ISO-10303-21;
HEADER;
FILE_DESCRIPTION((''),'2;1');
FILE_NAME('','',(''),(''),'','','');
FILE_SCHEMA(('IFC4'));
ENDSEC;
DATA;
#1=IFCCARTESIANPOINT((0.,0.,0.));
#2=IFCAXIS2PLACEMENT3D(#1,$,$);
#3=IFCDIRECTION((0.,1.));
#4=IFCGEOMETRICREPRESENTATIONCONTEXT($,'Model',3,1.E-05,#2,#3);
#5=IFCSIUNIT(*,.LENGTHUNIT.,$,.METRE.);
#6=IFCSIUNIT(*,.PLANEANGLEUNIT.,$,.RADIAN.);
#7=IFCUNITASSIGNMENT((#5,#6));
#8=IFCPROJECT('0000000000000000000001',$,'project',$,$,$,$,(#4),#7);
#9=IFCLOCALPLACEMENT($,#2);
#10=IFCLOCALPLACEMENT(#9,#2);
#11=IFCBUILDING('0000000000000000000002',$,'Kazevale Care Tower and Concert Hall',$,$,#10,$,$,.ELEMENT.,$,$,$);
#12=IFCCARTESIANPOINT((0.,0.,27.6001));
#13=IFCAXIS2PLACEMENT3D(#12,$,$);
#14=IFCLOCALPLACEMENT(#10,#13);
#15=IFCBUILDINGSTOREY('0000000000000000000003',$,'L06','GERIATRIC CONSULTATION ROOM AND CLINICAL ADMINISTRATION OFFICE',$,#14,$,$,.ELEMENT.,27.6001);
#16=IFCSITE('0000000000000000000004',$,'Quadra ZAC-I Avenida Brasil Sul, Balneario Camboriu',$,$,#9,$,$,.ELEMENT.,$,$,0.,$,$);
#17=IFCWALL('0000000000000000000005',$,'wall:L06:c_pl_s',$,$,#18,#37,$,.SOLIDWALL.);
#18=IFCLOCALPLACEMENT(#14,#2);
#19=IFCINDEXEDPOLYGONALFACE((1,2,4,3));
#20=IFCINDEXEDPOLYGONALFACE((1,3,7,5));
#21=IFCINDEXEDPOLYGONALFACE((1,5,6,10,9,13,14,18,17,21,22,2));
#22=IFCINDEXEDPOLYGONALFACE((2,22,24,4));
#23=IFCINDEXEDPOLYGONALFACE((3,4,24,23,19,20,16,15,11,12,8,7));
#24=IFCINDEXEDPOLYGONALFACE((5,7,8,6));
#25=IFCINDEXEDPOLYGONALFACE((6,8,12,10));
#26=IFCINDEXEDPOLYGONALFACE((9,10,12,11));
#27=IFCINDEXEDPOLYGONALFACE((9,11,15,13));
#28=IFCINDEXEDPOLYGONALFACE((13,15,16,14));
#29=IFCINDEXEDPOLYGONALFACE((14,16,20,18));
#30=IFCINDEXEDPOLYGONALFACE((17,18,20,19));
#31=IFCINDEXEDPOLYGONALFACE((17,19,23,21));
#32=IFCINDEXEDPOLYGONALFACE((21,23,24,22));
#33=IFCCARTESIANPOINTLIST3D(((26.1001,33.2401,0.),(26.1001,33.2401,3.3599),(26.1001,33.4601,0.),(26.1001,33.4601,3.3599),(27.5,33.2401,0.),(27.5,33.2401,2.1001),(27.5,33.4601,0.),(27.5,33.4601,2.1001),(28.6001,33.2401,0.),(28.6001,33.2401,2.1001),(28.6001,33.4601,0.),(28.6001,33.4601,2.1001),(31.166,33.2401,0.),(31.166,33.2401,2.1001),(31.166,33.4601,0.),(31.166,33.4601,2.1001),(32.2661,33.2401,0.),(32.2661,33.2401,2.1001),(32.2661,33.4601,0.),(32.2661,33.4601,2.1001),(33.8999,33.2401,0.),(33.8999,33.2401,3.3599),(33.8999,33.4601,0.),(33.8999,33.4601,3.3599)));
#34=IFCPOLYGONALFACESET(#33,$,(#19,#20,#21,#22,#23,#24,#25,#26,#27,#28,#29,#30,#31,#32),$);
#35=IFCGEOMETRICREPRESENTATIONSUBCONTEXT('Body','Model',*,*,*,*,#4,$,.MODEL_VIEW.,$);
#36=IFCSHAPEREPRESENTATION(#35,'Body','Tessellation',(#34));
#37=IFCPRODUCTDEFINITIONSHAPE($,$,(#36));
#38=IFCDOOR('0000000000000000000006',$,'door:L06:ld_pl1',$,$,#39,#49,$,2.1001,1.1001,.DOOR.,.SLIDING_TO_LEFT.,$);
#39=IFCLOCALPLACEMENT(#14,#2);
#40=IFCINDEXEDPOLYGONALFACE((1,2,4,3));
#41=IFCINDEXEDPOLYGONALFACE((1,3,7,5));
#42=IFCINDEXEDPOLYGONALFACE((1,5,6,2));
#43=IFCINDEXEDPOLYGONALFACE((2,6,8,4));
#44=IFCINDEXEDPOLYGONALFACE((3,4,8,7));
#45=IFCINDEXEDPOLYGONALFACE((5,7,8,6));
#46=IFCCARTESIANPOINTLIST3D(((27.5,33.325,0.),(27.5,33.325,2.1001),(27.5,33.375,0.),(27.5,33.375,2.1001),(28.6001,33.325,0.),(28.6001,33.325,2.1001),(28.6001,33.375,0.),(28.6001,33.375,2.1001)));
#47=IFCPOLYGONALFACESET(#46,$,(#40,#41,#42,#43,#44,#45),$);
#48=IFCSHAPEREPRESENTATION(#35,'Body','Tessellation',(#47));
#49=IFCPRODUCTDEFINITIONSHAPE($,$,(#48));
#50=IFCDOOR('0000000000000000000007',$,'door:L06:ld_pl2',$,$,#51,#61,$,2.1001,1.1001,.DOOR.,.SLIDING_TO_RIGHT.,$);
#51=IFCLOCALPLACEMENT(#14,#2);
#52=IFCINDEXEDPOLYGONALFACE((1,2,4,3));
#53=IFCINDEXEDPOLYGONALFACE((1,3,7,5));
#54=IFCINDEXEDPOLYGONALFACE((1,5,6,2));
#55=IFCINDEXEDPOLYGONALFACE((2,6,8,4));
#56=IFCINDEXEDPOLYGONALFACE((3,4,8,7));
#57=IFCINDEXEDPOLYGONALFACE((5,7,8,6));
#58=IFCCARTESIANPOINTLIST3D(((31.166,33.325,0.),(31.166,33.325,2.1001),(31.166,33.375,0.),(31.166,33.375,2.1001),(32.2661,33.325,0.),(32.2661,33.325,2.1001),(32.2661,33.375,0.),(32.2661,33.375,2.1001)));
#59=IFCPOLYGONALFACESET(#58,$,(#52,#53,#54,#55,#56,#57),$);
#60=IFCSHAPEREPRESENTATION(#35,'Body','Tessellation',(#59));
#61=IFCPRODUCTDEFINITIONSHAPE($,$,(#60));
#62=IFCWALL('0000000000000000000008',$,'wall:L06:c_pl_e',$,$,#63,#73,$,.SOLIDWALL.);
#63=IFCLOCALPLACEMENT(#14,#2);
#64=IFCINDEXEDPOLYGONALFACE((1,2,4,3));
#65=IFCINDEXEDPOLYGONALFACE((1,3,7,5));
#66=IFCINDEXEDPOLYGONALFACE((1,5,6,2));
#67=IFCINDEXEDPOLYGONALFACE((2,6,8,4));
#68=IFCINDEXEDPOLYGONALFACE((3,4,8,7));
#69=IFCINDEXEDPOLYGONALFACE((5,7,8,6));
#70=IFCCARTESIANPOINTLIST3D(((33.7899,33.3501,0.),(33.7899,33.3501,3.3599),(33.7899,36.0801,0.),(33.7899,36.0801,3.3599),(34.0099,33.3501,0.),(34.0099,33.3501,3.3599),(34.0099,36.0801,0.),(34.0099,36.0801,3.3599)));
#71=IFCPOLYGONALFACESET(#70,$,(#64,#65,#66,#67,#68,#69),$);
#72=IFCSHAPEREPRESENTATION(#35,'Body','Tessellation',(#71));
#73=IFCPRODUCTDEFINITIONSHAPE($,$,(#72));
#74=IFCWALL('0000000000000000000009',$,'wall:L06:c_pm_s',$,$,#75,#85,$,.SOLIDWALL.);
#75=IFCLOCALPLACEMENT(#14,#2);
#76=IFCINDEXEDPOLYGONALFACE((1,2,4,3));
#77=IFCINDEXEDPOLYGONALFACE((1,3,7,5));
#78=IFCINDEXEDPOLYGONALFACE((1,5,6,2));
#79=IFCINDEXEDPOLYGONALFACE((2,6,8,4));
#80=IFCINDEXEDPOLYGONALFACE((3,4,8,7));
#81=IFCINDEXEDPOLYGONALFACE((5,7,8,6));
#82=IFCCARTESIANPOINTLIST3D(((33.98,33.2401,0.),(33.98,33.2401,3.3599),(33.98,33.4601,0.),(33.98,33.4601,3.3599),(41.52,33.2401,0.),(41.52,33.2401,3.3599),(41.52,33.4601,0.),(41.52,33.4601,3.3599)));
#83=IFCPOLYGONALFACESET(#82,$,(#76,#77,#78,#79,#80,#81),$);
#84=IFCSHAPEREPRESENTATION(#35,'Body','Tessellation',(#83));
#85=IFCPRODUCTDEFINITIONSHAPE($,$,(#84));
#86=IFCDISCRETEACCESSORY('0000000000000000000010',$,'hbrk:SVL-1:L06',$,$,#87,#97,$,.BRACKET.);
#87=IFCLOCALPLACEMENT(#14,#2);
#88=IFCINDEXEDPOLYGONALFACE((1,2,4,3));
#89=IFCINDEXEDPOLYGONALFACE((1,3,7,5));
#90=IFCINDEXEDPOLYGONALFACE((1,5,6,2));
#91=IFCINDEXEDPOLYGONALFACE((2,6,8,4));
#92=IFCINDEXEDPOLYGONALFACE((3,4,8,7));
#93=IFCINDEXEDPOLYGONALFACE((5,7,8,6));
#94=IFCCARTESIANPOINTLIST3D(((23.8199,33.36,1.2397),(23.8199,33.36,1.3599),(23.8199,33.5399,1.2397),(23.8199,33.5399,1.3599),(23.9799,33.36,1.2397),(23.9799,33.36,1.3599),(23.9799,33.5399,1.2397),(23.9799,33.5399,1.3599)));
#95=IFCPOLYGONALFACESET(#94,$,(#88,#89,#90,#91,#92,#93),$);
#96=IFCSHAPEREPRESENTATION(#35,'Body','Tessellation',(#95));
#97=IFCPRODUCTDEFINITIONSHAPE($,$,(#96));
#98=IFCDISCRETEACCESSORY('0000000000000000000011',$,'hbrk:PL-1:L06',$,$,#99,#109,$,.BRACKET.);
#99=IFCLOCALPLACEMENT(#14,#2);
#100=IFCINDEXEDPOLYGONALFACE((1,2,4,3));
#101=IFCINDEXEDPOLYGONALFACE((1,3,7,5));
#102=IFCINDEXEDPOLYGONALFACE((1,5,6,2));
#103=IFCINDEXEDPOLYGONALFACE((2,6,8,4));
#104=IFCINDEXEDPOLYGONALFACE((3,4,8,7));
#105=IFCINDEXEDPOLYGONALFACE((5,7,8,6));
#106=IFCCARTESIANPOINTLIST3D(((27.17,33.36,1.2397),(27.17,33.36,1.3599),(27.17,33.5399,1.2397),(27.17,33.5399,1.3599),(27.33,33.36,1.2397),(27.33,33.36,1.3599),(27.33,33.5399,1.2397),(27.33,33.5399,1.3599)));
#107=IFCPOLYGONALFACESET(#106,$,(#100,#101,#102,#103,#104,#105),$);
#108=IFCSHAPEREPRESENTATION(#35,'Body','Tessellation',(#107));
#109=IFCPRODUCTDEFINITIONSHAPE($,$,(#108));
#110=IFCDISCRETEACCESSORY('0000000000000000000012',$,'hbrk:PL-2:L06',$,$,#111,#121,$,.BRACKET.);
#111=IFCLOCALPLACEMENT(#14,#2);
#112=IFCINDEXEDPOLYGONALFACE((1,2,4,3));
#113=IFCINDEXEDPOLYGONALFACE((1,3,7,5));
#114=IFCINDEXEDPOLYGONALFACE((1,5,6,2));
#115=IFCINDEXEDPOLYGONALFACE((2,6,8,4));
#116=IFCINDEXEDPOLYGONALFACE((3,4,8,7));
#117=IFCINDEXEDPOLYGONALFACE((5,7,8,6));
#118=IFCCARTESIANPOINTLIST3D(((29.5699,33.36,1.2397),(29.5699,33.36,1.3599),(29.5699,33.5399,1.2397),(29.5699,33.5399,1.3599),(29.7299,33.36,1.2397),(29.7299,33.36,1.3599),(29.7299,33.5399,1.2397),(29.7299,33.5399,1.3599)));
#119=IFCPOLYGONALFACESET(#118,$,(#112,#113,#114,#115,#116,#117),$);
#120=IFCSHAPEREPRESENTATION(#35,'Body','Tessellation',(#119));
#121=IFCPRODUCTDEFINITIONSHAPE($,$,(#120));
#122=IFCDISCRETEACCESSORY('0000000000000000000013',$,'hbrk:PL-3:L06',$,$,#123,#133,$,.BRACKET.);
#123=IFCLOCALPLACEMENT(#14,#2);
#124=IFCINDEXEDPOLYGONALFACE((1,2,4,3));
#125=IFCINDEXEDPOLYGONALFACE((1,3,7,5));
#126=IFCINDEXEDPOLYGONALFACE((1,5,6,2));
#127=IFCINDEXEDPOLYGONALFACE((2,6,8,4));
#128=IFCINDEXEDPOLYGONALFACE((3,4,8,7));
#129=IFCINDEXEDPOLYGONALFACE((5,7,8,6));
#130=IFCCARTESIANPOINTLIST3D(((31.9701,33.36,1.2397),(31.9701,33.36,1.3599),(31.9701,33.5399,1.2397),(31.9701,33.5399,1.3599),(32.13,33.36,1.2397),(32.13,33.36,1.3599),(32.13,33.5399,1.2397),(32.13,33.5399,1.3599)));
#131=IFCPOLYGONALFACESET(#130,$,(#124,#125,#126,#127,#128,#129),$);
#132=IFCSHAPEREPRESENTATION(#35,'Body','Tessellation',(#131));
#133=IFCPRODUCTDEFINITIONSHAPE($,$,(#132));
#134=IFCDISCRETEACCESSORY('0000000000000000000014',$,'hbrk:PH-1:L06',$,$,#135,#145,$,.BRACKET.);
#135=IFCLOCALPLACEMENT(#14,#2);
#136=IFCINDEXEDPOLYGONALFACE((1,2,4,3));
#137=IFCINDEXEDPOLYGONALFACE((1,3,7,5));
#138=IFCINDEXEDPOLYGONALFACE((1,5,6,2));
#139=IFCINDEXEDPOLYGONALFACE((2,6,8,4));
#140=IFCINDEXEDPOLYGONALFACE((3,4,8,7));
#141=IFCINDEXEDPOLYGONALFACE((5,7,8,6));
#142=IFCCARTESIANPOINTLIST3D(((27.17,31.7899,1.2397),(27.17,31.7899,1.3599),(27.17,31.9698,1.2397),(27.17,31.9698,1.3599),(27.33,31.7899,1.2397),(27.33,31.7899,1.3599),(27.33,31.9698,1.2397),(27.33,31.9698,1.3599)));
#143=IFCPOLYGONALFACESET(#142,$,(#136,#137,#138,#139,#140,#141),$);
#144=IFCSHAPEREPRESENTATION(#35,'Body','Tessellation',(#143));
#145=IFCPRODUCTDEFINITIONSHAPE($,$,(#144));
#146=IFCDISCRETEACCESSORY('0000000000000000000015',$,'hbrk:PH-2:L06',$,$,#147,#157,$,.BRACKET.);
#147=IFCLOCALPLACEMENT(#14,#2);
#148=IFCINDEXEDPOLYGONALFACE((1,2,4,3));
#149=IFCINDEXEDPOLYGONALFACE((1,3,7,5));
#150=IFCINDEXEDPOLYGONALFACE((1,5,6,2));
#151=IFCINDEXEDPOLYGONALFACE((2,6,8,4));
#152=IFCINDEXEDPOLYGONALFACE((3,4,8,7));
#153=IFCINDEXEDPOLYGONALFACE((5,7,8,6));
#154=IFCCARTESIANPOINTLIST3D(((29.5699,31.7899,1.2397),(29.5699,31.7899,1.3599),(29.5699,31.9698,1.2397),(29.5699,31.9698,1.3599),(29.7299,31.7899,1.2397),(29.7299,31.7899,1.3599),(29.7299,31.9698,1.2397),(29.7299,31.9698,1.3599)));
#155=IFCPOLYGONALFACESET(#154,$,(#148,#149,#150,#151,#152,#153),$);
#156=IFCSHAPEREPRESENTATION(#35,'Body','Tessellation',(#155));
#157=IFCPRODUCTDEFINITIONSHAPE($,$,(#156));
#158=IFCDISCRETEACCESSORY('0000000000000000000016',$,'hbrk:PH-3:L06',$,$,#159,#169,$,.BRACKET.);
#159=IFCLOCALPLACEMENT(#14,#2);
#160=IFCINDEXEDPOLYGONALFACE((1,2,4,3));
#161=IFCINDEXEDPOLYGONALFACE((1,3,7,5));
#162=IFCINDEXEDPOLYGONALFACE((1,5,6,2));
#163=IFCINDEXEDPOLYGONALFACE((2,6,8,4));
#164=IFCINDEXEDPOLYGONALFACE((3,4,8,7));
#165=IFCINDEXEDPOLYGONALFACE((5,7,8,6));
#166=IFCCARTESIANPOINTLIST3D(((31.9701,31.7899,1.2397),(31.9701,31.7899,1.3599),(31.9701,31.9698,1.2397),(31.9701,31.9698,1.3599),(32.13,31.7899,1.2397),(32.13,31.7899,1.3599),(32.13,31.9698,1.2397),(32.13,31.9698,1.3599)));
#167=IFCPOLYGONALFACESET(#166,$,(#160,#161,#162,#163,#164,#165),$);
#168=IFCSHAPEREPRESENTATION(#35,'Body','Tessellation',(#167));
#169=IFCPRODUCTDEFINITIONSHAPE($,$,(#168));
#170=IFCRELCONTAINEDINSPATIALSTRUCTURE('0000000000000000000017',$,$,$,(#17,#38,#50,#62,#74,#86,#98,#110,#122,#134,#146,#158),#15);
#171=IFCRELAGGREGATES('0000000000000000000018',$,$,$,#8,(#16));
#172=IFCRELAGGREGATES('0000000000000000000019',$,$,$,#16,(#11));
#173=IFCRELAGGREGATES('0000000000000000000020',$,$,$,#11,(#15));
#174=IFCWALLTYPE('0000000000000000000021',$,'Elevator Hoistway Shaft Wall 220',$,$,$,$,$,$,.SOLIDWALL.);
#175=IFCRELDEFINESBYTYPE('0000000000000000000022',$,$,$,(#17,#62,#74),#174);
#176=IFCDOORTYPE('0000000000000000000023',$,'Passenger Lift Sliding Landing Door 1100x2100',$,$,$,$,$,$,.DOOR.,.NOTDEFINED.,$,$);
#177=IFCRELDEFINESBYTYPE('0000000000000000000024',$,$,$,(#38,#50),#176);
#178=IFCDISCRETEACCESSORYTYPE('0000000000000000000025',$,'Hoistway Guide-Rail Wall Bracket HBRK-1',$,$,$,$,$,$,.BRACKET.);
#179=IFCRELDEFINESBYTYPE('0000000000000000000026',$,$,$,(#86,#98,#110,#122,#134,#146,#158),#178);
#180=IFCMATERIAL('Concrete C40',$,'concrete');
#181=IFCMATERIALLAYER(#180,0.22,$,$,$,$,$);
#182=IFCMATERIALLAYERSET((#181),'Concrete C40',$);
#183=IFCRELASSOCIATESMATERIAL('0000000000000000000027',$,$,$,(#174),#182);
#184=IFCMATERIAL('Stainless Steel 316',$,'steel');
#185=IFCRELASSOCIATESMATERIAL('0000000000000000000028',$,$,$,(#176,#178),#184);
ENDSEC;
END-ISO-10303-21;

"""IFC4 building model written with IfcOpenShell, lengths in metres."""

from ifc_helpers import new_model, si_unit, direction, frame, frame_2d, origin, origin_2d, place, context, subcontext, project, spatial, rectangle, extrude, material, layer, layer_set, type_object, element, fill, save


model = new_model("IFC4")

# Units and contexts
model_context = context("Model", 3, precision=1e-05, world=origin(), true_north=direction((0.0, 1.0)))
body_context = subcontext(model_context, "Body", "Model", "MODEL_VIEW")
ifc_project = project(units=[si_unit("LENGTHUNIT", "METRE"), si_unit("PLANEANGLEUNIT", "RADIAN")], contexts=[model_context])

# Site, building, storey
site_placement = place(None, origin())
site = spatial("IfcSite", under=ifc_project, at=site_placement, Name="Quadra ZAC-I Avenida Brasil Sul, Balneario Camboriu", CompositionType="ELEMENT", RefElevation=0.0)
building_placement = place(site_placement, origin())
building = spatial("IfcBuilding", under=site, at=building_placement, Name="Kazevale Care Tower and Concert Hall", CompositionType="ELEMENT")
storey_placement = place(building_placement, frame((0.0, 0.0, 27.6001)))
storey = spatial("IfcBuildingStorey", under=building, at=storey_placement, Name="L06", Description="GERIATRIC CONSULTATION ROOM AND CLINICAL ADMINISTRATION OFFICE", CompositionType="ELEMENT", Elevation=27.6001)

# Shared definitions
ifc_material_1 = material(Name="Concrete C40", Category="concrete")
ifc_layer = layer(ifc_material_1, 0.22)
ifc_layer_set = layer_set([ifc_layer], Name="Concrete C40")
wall_type = type_object("IfcWallType", Name="Elevator Hoistway Shaft Wall 220", PredefinedType="SOLIDWALL", material=ifc_layer_set)

# Shared definitions
ifc_material_2 = material(Name="Stainless Steel 316", Category="steel")

# Wall, openings, doors
wall_1_placement = place(storey_placement, frame((26.1001, 33.3501, 0.0), z_axis=(0.0, 0.0, 1.0), x_axis=(1.0, 0.0, 0.0)))
wall_1 = element("IfcWall", 1, at=wall_1_placement, inside=storey, type_object=wall_type, Name="wall:L06:c_pl_s", PredefinedType="SOLIDWALL", context=body_context, shape_type="SweptSolid", body=[
    extrude(rectangle(XDim=7.7998, YDim=0.22, at=frame_2d((3.8999, 0.0))), origin(), (0.0, 0.0, 1.0), 3.3599),
])
opening_1_placement = place(wall_1_placement, frame((1.3999, 0.0, 0.0)))
opening_1 = element("IfcOpeningElement", 2, at=opening_1_placement, cuts=wall_1, PredefinedType="OPENING", context=body_context, shape_type="SweptSolid", body=[
    extrude(rectangle(XDim=1.1001, YDim=2.1001, at=frame_2d((0.55, 1.05))), frame((0.0, 0.1199, 0.0), z_axis=(0.0, -1.0, 0.0), x_axis=(1.0, 0.0, 0.0)), (0.0, 0.0, 1.0), 0.24),
])
opening_2_placement = place(wall_1_placement, frame((5.0659, 0.0, 0.0)))
opening_2 = element("IfcOpeningElement", 3, at=opening_2_placement, cuts=wall_1, PredefinedType="OPENING", context=body_context, shape_type="SweptSolid", body=[
    extrude(rectangle(XDim=1.1001, YDim=2.1001, at=frame_2d((0.55, 1.05))), frame((0.0, 0.1199, 0.0), z_axis=(0.0, -1.0, 0.0), x_axis=(1.0, 0.0, 0.0)), (0.0, 0.0, 1.0), 0.24),
])
door_type_1 = type_object("IfcDoorType", Name="Passenger Lift Sliding Landing Door 1100x2100", OperationType="NOTDEFINED", PredefinedType="DOOR", material=ifc_material_2)
door_1_placement = place(opening_1_placement, origin())
door_1 = element("IfcDoor", 4, at=door_1_placement, inside=storey, type_object=door_type_1, Name="door:L06:ld_pl1", OperationType="SLIDING_TO_LEFT", OverallHeight=2.1001, OverallWidth=1.1001, PredefinedType="DOOR", context=body_context, shape_type="SweptSolid", body=[
    extrude(rectangle(XDim=1.1001, YDim=2.1001, at=frame_2d((0.55, 1.05))), frame((0.0, 0.0249, 0.0), z_axis=(0.0, -1.0, 0.0), x_axis=(1.0, 0.0, 0.0)), (0.0, 0.0, 1.0), 0.05),
])
fill(opening_1, door_1)
door_2_placement = place(opening_2_placement, origin())
door_2 = element("IfcDoor", 5, at=door_2_placement, inside=storey, type_object=door_type_1, Name="door:L06:ld_pl2", OperationType="SLIDING_TO_RIGHT", OverallHeight=2.1001, OverallWidth=1.1001, PredefinedType="DOOR", context=body_context, shape_type="SweptSolid", body=[
    extrude(rectangle(XDim=1.1001, YDim=2.1001, at=frame_2d((0.55, 1.05))), frame((0.0, 0.0249, 0.0), z_axis=(0.0, -1.0, 0.0), x_axis=(1.0, 0.0, 0.0)), (0.0, 0.0, 1.0), 0.05),
])
fill(opening_2, door_2)

# Walls
wall_2_placement = place(storey_placement, frame((33.8999, 33.3501, 0.0), z_axis=(0.0, 0.0, 1.0), x_axis=(0.0, 1.0, 0.0)))
element("IfcWall", 6, at=wall_2_placement, inside=storey, type_object=wall_type, Name="wall:L06:c_pl_e", PredefinedType="SOLIDWALL", context=body_context, shape_type="SweptSolid", body=[
    extrude(rectangle(XDim=2.73, YDim=0.22, at=frame_2d((1.365, 0.0))), origin(), (0.0, 0.0, 1.0), 3.3599),
])
wall_3_placement = place(storey_placement, frame((33.98, 33.3501, 0.0), z_axis=(0.0, 0.0, 1.0), x_axis=(1.0, 0.0, 0.0)))
element("IfcWall", 7, at=wall_3_placement, inside=storey, type_object=wall_type, Name="wall:L06:c_pm_s", PredefinedType="SOLIDWALL", context=body_context, shape_type="SweptSolid", body=[
    extrude(rectangle(XDim=7.54, YDim=0.22, at=frame_2d((3.77, 0.0))), origin(), (0.0, 0.0, 1.0), 3.3599),
])

# Discrete accessories
discrete_accessory_type = type_object("IfcDiscreteAccessoryType", Name="Hoistway Guide-Rail Wall Bracket HBRK-1", PredefinedType="BRACKET", material=ifc_material_2)
for number, where, z_axis, x_axis, name in (
    (8, (23.8999, 33.45, 1.2397), (0.0, 0.0, 1.0), (1.0, 0.0, 0.0), "hbrk:SVL-1:L06"),
    (9, (27.25, 33.45, 1.2397), (0.0, 0.0, 1.0), (1.0, 0.0, 0.0), "hbrk:PL-1:L06"),
    (10, (29.6499, 33.45, 1.2397), (0.0, 0.0, 1.0), (1.0, 0.0, 0.0), "hbrk:PL-2:L06"),
    (11, (32.05, 33.45, 1.2397), (0.0, 0.0, 1.0), (1.0, 0.0, 0.0), "hbrk:PL-3:L06"),
    (12, (27.25, 31.8799, 1.2397), (0.0, 0.0, 1.0), (1.0, 0.0, 0.0), "hbrk:PH-1:L06"),
    (13, (29.6499, 31.8799, 1.2397), (0.0, 0.0, 1.0), (1.0, 0.0, 0.0), "hbrk:PH-2:L06"),
    (14, (32.05, 31.8799, 1.2397), (0.0, 0.0, 1.0), (1.0, 0.0, 0.0), "hbrk:PH-3:L06"),
):
    element("IfcDiscreteAccessory", number, at=place(storey_placement, frame(where, z_axis=z_axis, x_axis=x_axis)), inside=storey, type_object=discrete_accessory_type, Name=name, PredefinedType="BRACKET", context=body_context, shape_type="SweptSolid", body=[
        extrude(rectangle(XDim=0.1599, YDim=0.1799, at=origin_2d()), origin(), (0.0, 0.0, 1.0), 0.1201),
    ])

save(model, "model.ifc")
